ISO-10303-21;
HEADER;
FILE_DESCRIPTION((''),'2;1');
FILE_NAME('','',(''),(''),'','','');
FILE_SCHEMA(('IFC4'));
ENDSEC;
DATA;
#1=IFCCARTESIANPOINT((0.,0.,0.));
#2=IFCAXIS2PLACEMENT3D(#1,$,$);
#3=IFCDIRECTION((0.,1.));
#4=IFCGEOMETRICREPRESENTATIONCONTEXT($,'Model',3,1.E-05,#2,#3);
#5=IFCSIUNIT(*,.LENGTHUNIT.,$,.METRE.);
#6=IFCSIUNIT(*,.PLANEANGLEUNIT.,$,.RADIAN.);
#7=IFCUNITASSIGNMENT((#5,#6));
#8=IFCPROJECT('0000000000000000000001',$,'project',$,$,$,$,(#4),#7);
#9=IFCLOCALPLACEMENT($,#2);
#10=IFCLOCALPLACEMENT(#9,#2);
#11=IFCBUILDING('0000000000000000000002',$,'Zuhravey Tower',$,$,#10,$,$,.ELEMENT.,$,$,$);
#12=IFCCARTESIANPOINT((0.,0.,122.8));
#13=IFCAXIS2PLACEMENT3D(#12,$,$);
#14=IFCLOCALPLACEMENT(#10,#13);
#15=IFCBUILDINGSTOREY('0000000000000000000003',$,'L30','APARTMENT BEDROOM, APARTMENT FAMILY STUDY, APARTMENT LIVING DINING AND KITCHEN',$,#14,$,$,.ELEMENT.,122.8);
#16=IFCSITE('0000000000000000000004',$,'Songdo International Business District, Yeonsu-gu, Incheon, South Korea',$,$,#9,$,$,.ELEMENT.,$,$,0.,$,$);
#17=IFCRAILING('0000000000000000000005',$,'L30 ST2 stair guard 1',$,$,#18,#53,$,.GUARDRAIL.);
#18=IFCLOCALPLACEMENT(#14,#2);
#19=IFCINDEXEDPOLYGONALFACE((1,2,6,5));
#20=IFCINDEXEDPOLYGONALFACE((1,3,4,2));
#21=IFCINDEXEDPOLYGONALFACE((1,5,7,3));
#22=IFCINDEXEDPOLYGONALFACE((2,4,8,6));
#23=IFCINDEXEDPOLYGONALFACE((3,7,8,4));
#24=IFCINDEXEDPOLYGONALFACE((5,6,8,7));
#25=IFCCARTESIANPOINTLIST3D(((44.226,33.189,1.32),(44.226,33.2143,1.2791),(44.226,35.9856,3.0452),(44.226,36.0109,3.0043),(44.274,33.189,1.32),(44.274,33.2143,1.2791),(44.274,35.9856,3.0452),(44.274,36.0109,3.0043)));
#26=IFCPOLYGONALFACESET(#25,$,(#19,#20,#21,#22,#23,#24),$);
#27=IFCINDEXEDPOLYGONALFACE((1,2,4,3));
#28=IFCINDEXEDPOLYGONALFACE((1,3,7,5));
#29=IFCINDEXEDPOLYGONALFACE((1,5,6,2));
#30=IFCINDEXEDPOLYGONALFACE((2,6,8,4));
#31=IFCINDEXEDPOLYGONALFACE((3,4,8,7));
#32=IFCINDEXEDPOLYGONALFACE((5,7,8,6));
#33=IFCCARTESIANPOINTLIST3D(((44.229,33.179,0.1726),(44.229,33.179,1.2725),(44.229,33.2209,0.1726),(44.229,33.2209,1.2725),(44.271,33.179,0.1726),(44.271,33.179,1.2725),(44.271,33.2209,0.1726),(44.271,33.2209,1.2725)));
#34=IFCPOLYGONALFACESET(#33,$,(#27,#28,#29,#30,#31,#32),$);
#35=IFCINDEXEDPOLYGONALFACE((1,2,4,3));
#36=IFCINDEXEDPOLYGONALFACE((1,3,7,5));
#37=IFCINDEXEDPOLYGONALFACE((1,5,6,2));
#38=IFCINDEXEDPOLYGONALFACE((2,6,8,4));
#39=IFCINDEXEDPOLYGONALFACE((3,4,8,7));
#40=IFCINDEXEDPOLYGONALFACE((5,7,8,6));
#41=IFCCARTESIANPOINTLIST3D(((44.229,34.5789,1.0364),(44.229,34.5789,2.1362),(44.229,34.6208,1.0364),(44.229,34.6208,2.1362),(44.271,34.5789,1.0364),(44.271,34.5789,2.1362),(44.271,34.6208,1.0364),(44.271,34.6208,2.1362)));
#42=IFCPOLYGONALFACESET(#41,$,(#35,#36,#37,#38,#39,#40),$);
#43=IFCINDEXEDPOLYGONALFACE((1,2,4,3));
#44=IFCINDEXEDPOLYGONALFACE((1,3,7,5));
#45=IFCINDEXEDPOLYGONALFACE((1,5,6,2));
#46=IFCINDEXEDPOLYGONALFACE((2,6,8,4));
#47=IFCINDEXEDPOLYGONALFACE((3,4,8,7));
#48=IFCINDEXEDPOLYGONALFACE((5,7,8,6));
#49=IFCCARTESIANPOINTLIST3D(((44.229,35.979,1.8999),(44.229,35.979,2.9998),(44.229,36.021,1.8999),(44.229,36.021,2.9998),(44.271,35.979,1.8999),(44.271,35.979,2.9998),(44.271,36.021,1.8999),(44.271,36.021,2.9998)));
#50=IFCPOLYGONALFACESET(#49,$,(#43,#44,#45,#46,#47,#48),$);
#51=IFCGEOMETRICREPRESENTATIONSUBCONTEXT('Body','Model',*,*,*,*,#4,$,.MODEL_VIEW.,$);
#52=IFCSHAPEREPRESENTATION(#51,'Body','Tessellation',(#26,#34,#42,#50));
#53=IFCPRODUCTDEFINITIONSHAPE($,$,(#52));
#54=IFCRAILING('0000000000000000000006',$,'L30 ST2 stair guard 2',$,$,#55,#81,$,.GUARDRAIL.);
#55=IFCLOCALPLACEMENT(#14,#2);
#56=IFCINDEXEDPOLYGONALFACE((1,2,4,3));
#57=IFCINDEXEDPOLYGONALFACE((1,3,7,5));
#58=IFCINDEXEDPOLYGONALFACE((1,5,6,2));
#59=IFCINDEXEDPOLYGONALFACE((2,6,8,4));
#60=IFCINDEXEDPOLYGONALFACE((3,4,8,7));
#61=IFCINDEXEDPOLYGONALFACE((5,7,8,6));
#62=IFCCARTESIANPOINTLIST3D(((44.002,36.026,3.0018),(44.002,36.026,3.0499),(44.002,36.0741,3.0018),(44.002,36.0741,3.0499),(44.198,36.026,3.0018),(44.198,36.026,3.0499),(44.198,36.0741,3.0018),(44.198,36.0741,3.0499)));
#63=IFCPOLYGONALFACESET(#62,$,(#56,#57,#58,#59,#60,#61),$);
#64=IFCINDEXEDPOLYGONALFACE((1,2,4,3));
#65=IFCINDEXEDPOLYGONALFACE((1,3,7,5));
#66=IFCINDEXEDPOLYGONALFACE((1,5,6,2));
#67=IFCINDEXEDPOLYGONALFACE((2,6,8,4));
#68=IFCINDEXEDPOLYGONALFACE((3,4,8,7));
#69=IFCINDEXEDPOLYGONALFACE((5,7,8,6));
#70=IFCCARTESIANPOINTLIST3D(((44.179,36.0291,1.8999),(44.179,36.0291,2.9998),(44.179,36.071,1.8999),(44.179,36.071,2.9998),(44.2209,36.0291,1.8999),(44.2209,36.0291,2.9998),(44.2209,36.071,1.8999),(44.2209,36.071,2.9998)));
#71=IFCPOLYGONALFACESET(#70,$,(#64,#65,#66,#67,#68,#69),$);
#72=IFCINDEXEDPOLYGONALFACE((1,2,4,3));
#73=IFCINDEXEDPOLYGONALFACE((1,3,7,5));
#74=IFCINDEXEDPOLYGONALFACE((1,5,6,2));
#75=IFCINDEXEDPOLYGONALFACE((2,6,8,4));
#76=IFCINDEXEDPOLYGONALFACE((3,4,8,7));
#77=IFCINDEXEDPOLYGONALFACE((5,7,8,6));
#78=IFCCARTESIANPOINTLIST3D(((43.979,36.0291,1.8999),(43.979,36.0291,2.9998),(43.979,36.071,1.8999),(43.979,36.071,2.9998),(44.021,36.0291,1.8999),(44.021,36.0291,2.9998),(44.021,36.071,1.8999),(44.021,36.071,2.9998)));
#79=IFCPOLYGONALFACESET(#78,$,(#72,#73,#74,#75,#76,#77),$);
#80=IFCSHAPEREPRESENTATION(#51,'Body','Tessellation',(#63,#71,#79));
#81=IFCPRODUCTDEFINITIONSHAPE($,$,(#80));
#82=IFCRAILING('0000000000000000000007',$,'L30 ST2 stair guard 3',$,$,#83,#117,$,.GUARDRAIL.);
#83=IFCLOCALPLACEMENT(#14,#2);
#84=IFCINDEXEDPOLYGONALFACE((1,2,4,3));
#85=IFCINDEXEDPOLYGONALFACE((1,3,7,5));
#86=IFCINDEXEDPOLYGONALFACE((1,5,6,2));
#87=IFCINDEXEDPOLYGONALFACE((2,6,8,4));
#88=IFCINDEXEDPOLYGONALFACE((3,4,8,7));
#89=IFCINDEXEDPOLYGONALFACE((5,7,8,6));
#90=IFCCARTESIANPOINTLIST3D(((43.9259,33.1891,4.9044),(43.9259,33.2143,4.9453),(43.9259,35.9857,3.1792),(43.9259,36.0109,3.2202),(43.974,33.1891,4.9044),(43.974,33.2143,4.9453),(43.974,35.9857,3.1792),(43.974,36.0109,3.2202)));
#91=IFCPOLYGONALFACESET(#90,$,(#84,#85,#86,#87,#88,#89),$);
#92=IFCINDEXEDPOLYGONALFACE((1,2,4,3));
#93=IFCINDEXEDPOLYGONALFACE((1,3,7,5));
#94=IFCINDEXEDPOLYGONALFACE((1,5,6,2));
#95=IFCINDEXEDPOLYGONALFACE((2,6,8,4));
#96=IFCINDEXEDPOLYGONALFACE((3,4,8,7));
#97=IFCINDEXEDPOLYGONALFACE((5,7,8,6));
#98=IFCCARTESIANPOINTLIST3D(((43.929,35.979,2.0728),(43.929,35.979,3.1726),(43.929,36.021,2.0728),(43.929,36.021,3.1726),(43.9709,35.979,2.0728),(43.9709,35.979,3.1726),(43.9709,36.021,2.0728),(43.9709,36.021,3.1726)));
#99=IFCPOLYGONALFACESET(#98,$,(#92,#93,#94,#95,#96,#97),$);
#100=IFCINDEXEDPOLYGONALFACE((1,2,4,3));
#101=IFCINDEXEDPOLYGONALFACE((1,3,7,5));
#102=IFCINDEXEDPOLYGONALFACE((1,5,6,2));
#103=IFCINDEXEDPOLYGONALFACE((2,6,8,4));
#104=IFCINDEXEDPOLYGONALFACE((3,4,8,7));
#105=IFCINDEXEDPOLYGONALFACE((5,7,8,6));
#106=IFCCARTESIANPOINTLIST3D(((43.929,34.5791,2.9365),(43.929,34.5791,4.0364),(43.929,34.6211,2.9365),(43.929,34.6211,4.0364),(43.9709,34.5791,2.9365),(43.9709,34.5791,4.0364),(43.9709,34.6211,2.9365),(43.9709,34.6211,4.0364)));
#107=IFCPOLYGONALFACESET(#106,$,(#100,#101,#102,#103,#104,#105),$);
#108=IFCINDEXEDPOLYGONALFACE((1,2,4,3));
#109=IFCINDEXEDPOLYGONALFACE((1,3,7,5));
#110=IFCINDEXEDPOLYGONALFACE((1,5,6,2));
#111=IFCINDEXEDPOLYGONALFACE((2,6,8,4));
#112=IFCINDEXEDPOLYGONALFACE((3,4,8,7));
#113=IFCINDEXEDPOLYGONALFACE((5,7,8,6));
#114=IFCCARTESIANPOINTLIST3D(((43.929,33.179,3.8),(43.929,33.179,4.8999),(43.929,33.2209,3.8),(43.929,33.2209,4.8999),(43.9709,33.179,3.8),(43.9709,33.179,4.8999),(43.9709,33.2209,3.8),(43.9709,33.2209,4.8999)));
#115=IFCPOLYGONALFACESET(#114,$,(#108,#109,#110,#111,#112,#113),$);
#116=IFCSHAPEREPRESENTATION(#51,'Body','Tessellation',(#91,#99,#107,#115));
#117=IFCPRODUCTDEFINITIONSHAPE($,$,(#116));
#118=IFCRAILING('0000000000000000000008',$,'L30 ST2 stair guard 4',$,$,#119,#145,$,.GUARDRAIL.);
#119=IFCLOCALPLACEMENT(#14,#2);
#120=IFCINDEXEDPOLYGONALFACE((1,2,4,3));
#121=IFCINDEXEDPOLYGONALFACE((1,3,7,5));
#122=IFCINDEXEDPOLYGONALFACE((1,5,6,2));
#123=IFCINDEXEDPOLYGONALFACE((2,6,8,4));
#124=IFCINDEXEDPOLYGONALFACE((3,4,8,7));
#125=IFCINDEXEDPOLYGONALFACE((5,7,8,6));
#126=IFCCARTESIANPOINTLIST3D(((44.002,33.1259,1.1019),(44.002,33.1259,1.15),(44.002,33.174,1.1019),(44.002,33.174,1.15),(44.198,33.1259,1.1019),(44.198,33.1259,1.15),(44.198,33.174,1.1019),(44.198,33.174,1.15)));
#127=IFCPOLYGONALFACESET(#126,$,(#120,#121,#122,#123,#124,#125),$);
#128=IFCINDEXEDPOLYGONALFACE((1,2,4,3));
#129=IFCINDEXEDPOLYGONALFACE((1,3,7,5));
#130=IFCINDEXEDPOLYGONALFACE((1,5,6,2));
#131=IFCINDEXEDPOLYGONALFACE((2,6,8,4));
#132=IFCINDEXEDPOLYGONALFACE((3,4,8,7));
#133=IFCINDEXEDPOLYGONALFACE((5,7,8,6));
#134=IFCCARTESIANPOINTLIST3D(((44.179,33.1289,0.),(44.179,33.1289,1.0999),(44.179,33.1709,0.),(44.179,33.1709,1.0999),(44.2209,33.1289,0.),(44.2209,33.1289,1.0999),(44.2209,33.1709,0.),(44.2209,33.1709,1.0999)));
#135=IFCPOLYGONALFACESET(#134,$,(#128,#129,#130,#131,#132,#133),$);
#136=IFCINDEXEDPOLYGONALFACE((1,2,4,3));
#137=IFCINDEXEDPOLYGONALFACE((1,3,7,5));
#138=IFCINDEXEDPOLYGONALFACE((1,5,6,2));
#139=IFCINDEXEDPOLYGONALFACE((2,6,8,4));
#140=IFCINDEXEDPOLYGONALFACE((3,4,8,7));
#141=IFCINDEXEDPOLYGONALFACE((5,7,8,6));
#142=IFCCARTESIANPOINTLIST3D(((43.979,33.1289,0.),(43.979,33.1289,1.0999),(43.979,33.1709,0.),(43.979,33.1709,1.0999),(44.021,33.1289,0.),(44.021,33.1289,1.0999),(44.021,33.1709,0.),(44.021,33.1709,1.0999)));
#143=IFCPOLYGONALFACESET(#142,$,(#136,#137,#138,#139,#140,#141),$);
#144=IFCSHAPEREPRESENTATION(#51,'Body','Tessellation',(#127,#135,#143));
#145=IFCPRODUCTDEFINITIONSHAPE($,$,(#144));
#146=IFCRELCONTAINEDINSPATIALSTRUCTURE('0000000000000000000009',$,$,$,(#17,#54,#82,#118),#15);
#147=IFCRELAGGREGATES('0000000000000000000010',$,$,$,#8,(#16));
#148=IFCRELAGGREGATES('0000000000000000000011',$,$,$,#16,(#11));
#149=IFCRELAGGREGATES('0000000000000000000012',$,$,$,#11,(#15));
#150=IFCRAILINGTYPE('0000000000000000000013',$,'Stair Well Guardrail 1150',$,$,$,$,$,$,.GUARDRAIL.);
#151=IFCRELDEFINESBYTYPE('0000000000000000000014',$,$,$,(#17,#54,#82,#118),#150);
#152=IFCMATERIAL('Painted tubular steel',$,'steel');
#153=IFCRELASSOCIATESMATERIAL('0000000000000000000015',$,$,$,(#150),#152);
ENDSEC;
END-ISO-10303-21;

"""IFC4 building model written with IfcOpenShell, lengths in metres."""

from ifc_helpers import new_model, si_unit, direction, frame, origin, origin_2d, place, context, subcontext, project, spatial, rectangle, extrude, material, type_object, element, save


model = new_model("IFC4")

# Units and contexts
model_context = context("Model", 3, precision=1e-05, world=origin(), true_north=direction((0.0, 1.0)))
body_context = subcontext(model_context, "Body", "Model", "MODEL_VIEW")
ifc_project = project(units=[si_unit("LENGTHUNIT", "METRE"), si_unit("PLANEANGLEUNIT", "RADIAN")], contexts=[model_context])

# Site, building, storey
site_placement = place(None, origin())
site = spatial("IfcSite", under=ifc_project, at=site_placement, Name="Songdo International Business District, Yeonsu-gu, Incheon, South Korea", CompositionType="ELEMENT", RefElevation=0.0)
building_placement = place(site_placement, origin())
building = spatial("IfcBuilding", under=site, at=building_placement, Name="Zuhravey Tower", CompositionType="ELEMENT")
storey_placement = place(building_placement, frame((0.0, 0.0, 122.8)))
storey = spatial("IfcBuildingStorey", under=building, at=storey_placement, Name="L30", Description="APARTMENT BEDROOM, APARTMENT FAMILY STUDY, APARTMENT LIVING DINING AND KITCHEN", CompositionType="ELEMENT", Elevation=122.8)

# Railings
ifc_material_1 = material(Name="Painted tubular steel", Category="steel")
railing_type_1 = type_object("IfcRailingType", Name="Stair Well Guardrail 1150", PredefinedType="GUARDRAIL", material=ifc_material_1)
railing_1_placement = place(storey_placement, frame((44.25, 33.2, 0.1726)))
element("IfcRailing", 1, at=railing_1_placement, inside=storey, type_object=railing_type_1, Name="L30 ST2 stair guard 1", PredefinedType="GUARDRAIL", context=body_context, shape_type="SweptSolid", body=[
    extrude(rectangle(XDim=0.0481, YDim=0.0481, at=origin_2d()), frame((0.0, 0.0017, 1.127), z_axis=(0.0, 0.85109, 0.52502), x_axis=(-1.0, 0.0, 0.0)), (0.0, 0.0, 1.0), 3.2859),
    extrude(rectangle(XDim=0.042, YDim=0.042, at=origin_2d()), origin(), (0.0, 0.0, 1.0), 1.0999),
    extrude(rectangle(XDim=0.042, YDim=0.042, at=origin_2d()), frame((0.0, 1.3999, 0.8638)), (0.0, 0.0, 1.0), 1.0999),
    extrude(rectangle(XDim=0.042, YDim=0.042, at=origin_2d()), frame((0.0, 2.8, 1.7273)), (0.0, 0.0, 1.0), 1.0999),
])
railing_2_placement = place(storey_placement, frame((44.2, 36.05, 1.8999)))
element("IfcRailing", 2, at=railing_2_placement, inside=storey, type_object=railing_type_1, Name="L30 ST2 stair guard 2", PredefinedType="GUARDRAIL", context=body_context, shape_type="SweptSolid", body=[
    extrude(rectangle(XDim=0.0481, YDim=0.0481, at=origin_2d()), frame((-0.002, 0.0, 1.126), z_axis=(-1.0, 0.0, 0.0), x_axis=(0.0, -1.0, 0.0)), (0.0, 0.0, 1.0), 0.196),
    extrude(rectangle(XDim=0.042, YDim=0.042, at=origin_2d()), origin(), (0.0, 0.0, 1.0), 1.0999),
    extrude(rectangle(XDim=0.042, YDim=0.042, at=origin_2d()), frame((-0.2, 0.0, 0.0)), (0.0, 0.0, 1.0), 1.0999),
])
railing_3_placement = place(storey_placement, frame((43.95, 36.0, 2.0728)))
element("IfcRailing", 3, at=railing_3_placement, inside=storey, type_object=railing_type_1, Name="L30 ST2 stair guard 3", PredefinedType="GUARDRAIL", context=body_context, shape_type="SweptSolid", body=[
    extrude(rectangle(XDim=0.0481, YDim=0.0481, at=origin_2d()), frame((0.0, -0.0017, 1.127), z_axis=(0.0, -0.85109, 0.52502), x_axis=(1.0, 0.0, 0.0)), (0.0, 0.0, 1.0), 3.2859),
    extrude(rectangle(XDim=0.042, YDim=0.042, at=origin_2d()), origin(), (0.0, 0.0, 1.0), 1.0999),
    extrude(rectangle(XDim=0.042, YDim=0.042, at=origin_2d()), frame((0.0, -1.3999, 0.8638)), (0.0, 0.0, 1.0), 1.0999),
    extrude(rectangle(XDim=0.042, YDim=0.042, at=origin_2d()), frame((0.0, -2.8, 1.7273)), (0.0, 0.0, 1.0), 1.0999),
])
railing_4_placement = place(storey_placement, frame((44.2, 33.1499, 0.0)))
element("IfcRailing", 4, at=railing_4_placement, inside=storey, type_object=railing_type_1, Name="L30 ST2 stair guard 4", PredefinedType="GUARDRAIL", context=body_context, shape_type="SweptSolid", body=[
    extrude(rectangle(XDim=0.0481, YDim=0.0481, at=origin_2d()), frame((-0.002, 0.0, 1.126), z_axis=(-1.0, 0.0, 0.0), x_axis=(0.0, -1.0, 0.0)), (0.0, 0.0, 1.0), 0.196),
    extrude(rectangle(XDim=0.042, YDim=0.042, at=origin_2d()), origin(), (0.0, 0.0, 1.0), 1.0999),
    extrude(rectangle(XDim=0.042, YDim=0.042, at=origin_2d()), frame((-0.2, 0.0, 0.0)), (0.0, 0.0, 1.0), 1.0999),
])

save(model, "model.ifc")
